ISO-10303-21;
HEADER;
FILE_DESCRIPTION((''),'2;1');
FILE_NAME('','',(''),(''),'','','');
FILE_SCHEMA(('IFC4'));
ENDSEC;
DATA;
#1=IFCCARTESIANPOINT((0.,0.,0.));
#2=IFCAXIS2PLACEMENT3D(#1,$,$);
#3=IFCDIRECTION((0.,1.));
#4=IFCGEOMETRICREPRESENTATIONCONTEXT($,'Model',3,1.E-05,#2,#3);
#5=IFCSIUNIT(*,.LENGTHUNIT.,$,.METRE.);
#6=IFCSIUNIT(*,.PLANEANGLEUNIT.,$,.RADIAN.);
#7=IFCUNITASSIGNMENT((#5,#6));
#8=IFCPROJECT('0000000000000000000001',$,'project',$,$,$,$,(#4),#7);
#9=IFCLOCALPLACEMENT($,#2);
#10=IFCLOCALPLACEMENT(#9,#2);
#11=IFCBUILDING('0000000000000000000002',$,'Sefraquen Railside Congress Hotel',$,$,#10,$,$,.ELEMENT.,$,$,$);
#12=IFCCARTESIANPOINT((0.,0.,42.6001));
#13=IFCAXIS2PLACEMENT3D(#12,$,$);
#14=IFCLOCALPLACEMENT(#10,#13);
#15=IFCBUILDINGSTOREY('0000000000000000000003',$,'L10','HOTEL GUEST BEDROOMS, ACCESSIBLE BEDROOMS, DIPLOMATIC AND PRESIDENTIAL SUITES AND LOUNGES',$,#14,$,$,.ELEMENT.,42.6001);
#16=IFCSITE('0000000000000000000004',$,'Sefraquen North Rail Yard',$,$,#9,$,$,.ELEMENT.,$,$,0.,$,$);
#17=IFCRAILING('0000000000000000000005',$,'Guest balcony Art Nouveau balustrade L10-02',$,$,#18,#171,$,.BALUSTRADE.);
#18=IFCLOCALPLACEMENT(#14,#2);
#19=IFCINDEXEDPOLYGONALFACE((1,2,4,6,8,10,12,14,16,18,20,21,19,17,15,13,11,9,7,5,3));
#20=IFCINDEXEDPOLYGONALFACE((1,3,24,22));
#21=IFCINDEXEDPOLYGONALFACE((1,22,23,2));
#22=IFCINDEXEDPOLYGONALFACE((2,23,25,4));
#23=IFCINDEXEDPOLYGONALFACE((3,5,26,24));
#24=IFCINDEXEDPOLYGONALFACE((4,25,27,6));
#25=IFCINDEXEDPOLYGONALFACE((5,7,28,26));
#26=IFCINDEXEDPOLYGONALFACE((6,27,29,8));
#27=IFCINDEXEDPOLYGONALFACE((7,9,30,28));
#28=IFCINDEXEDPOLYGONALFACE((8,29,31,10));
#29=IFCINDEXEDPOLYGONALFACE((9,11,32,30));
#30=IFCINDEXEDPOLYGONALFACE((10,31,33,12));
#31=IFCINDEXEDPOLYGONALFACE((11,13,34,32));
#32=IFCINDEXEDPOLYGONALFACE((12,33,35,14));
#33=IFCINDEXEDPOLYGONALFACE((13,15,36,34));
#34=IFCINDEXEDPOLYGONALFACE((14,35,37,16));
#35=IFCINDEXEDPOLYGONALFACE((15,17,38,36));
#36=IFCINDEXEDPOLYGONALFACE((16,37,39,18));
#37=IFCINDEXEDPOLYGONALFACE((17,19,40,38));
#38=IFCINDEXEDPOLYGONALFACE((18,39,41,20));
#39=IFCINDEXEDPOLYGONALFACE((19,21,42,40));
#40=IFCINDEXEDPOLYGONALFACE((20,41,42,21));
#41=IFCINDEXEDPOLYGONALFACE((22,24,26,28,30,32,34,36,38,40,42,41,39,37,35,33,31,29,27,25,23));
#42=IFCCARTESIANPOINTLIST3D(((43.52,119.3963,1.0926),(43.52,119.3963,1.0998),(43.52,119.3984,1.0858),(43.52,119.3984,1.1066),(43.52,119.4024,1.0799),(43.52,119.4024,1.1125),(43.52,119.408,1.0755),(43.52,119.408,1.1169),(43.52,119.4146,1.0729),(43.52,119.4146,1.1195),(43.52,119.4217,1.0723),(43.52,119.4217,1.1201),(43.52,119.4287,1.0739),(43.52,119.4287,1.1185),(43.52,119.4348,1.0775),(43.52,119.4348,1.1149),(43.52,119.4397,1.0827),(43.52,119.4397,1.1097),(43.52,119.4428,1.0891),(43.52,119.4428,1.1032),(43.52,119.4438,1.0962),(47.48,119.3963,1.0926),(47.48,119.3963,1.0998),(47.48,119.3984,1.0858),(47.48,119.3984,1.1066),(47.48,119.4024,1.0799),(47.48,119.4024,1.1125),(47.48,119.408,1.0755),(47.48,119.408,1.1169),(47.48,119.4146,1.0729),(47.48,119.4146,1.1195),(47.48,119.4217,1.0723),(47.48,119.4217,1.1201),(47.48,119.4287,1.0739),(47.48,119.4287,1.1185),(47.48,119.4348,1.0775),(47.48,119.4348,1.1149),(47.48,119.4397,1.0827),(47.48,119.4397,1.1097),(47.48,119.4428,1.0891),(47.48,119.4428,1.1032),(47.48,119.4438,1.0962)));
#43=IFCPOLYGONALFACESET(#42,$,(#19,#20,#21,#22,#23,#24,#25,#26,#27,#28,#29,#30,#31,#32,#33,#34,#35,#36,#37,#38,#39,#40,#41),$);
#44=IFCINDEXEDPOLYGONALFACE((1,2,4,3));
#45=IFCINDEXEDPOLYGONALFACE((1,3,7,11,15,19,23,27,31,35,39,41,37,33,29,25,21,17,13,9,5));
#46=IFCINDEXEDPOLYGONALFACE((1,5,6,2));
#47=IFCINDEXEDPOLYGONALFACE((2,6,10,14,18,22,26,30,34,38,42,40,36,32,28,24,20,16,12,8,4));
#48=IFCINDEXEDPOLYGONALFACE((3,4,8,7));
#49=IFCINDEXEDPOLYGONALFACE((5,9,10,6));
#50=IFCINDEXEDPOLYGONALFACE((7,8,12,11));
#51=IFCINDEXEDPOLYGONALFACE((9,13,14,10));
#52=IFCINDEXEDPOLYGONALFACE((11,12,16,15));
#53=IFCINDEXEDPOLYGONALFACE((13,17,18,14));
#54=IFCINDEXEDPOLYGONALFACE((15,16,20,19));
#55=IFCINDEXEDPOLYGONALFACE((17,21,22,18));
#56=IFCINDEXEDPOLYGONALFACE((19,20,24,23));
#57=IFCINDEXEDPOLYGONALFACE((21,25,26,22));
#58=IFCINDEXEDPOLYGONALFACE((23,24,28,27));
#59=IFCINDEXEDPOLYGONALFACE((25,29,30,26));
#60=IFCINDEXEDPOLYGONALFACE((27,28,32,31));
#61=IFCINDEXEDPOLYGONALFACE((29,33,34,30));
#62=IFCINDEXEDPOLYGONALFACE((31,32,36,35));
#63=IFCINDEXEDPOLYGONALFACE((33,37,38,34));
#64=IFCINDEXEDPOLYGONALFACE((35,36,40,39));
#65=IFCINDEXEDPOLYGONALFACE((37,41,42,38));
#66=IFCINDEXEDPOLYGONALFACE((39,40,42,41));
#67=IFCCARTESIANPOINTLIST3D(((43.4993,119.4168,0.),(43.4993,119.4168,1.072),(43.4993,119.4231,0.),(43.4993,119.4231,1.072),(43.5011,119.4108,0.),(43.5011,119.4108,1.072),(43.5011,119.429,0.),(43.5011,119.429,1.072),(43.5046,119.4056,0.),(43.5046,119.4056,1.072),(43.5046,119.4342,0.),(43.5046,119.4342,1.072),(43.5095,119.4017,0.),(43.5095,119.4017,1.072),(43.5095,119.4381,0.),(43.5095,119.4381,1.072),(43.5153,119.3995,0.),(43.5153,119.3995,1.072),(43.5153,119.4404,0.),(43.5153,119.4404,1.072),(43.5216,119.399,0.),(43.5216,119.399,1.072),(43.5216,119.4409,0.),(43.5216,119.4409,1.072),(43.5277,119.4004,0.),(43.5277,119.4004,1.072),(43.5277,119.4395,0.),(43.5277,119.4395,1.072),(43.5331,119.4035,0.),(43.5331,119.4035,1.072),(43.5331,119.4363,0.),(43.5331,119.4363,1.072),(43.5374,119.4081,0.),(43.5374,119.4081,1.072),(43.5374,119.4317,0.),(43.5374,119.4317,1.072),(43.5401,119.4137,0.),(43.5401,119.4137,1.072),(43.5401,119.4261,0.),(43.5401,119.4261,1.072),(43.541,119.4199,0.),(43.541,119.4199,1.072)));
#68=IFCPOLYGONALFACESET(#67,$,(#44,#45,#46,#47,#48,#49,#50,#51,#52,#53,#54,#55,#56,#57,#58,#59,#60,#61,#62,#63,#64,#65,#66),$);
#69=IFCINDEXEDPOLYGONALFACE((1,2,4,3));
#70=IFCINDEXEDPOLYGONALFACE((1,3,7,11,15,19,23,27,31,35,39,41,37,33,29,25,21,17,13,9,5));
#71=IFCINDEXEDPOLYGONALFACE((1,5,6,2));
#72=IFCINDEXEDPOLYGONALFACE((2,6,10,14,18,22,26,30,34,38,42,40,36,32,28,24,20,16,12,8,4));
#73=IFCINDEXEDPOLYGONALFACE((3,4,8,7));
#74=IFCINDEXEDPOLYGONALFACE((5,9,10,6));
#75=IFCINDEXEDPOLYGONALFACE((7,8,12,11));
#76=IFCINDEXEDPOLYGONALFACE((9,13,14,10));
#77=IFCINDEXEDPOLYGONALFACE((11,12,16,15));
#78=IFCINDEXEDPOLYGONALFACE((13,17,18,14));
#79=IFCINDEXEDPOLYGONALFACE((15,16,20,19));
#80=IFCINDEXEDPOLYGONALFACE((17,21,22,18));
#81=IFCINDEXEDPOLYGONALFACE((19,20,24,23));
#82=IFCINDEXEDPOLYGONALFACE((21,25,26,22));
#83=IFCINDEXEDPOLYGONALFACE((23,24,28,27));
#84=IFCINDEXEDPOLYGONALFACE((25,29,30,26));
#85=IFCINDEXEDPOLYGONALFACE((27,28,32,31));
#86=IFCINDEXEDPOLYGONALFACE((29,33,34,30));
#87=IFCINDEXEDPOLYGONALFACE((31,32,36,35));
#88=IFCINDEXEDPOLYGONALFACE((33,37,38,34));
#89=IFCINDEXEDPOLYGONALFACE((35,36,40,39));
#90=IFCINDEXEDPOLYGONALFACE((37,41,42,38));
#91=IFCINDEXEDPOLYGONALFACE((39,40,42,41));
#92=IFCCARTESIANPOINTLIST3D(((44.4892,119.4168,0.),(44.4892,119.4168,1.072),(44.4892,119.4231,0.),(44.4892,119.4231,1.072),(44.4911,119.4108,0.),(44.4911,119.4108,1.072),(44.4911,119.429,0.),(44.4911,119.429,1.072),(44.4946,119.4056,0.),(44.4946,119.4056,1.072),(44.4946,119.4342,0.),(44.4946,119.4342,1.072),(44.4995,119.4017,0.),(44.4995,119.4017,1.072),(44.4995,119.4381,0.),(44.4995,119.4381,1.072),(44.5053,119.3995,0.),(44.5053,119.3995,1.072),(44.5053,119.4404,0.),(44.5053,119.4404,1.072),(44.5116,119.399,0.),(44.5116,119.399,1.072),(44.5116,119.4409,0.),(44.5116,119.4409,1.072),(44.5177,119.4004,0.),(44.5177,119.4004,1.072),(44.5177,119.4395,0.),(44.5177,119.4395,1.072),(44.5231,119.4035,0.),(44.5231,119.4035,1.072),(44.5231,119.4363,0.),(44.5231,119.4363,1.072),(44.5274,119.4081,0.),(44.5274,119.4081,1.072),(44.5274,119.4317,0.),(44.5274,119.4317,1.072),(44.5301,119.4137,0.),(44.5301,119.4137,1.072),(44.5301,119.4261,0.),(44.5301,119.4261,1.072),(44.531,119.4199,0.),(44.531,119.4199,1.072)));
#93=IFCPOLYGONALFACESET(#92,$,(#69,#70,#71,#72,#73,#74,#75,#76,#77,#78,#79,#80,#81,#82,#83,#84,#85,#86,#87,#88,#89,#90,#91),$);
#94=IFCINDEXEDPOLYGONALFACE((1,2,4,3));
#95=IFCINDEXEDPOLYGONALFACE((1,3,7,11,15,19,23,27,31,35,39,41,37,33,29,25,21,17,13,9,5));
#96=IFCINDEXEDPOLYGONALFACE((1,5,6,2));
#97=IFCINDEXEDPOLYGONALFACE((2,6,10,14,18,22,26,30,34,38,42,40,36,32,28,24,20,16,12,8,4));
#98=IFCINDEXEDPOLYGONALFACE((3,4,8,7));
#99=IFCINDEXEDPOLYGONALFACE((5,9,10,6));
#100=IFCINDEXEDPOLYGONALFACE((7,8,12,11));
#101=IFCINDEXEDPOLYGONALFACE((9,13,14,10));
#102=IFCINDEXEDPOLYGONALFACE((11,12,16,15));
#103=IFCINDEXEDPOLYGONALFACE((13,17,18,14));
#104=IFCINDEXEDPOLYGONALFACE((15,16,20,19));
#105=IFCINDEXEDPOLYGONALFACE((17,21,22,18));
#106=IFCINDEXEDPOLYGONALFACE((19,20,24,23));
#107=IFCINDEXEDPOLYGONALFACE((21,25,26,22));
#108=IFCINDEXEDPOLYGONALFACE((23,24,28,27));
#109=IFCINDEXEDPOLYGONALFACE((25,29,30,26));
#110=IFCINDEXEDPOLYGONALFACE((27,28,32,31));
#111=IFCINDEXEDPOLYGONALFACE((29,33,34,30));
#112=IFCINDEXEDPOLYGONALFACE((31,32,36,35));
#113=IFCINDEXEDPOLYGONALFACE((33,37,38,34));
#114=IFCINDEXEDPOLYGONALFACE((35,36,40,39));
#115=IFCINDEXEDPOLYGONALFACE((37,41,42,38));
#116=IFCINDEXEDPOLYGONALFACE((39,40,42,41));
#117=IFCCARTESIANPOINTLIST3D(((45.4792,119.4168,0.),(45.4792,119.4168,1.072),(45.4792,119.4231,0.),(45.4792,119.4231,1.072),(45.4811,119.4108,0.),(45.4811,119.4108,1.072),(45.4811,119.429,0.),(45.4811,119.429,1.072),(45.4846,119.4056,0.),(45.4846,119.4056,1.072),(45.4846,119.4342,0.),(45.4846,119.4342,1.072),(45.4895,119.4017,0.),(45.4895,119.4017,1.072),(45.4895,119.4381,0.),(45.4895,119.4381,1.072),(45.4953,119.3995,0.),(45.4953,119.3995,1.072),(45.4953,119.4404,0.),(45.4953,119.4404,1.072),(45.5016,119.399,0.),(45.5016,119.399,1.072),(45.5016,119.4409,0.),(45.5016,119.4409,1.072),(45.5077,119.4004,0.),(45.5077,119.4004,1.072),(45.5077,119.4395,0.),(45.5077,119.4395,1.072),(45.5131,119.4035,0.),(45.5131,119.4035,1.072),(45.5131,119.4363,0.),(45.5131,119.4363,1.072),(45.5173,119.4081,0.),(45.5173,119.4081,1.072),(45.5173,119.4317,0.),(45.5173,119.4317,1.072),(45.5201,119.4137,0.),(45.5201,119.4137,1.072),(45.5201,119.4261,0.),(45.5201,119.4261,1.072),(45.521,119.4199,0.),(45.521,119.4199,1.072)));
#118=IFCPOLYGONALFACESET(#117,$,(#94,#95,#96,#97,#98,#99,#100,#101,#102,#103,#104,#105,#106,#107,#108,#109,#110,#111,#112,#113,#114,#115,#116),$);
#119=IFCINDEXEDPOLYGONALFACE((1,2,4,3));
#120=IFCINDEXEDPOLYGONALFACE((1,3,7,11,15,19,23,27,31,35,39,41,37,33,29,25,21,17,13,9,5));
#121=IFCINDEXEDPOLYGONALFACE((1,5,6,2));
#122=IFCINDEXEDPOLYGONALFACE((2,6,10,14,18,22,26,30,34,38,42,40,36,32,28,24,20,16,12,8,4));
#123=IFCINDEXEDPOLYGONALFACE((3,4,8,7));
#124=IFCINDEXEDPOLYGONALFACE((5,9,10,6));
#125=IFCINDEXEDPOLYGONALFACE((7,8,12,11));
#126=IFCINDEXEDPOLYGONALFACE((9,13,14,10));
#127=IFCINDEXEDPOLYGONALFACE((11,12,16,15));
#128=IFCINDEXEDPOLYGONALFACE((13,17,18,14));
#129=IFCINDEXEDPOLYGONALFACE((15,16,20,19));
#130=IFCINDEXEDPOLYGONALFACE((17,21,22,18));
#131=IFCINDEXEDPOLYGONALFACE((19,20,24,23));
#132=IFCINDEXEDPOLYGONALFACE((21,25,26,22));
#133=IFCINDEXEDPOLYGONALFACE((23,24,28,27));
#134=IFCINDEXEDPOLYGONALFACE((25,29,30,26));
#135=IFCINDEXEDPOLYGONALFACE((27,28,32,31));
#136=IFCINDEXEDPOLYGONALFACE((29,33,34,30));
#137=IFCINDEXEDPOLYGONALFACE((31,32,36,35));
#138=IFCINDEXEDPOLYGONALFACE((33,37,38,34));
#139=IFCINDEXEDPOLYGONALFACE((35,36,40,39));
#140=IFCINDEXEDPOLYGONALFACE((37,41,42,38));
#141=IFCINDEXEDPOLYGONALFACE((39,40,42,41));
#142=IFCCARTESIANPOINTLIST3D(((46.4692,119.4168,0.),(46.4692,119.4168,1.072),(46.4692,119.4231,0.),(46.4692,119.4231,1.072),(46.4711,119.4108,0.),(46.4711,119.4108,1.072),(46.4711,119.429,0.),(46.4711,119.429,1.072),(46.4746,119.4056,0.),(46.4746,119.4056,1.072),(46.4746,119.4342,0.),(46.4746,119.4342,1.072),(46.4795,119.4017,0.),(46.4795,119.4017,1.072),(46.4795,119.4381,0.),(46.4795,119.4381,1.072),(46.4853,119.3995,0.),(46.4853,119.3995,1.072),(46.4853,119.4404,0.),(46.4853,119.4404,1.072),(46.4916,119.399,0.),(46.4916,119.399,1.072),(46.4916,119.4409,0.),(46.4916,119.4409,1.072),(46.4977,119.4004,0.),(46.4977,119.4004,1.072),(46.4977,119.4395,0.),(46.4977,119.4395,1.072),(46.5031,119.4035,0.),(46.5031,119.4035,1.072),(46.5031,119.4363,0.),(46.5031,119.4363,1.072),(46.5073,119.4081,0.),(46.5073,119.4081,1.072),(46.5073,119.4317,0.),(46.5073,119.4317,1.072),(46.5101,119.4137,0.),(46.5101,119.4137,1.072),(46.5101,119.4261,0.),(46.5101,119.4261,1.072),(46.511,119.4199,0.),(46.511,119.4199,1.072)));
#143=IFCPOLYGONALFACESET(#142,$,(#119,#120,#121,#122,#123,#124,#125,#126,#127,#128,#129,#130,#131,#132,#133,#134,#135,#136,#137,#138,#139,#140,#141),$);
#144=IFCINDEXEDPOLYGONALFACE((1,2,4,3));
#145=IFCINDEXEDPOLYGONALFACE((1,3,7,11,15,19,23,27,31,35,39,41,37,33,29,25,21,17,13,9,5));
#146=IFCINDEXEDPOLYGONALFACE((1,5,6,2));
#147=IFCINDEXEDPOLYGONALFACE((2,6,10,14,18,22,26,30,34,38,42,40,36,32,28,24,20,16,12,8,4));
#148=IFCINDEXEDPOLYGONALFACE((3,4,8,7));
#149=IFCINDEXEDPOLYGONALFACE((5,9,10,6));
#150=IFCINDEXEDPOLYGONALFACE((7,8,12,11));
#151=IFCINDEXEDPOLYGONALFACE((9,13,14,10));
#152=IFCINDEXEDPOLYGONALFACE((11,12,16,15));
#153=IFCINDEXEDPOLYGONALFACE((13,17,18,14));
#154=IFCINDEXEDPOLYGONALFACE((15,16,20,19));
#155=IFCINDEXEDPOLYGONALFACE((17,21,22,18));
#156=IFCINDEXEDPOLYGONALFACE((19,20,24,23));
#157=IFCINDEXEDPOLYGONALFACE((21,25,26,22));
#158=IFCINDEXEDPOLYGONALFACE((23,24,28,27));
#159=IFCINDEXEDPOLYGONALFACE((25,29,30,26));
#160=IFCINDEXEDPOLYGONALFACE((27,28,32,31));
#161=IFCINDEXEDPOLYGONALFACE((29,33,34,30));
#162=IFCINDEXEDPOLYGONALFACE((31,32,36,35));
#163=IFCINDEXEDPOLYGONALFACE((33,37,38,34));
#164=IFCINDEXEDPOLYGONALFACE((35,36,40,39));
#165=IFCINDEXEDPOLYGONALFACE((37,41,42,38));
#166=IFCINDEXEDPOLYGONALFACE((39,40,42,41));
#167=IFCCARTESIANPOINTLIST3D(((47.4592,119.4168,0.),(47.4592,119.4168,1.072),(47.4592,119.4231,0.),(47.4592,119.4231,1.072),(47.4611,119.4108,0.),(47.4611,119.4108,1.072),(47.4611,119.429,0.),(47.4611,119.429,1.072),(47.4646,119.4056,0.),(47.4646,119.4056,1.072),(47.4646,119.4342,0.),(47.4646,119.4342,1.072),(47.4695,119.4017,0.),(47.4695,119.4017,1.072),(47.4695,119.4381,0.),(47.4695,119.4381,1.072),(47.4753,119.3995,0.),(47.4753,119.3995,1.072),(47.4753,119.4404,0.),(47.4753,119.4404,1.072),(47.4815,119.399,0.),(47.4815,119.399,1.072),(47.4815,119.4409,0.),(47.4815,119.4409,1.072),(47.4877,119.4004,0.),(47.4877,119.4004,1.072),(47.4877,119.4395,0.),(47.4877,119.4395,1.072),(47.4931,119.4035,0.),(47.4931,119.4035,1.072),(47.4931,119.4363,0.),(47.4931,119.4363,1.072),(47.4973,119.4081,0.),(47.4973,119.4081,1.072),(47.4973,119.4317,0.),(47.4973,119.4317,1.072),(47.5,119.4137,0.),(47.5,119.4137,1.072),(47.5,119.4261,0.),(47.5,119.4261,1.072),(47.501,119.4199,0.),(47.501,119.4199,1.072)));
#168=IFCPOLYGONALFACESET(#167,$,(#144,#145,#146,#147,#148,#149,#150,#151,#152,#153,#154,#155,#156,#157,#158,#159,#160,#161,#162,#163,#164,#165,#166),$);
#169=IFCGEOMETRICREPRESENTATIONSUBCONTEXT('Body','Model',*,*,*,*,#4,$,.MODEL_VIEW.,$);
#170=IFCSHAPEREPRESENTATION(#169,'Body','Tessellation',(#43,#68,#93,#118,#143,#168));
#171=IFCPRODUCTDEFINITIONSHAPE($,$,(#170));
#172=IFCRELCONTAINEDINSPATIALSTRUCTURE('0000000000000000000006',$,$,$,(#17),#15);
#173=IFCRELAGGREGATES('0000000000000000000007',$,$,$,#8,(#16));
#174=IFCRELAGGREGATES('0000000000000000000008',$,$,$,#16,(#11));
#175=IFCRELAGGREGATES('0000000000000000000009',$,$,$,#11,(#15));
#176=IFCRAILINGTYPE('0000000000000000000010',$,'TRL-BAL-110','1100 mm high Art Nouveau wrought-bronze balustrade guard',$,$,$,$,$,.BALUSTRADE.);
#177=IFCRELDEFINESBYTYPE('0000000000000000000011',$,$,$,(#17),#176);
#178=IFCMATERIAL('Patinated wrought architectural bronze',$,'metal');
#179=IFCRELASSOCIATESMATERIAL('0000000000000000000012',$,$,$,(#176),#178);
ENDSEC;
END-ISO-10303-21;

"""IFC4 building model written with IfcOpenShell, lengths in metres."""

from ifc_helpers import new_model, si_unit, direction, frame, origin, origin_2d, place, context, subcontext, project, spatial, circle, extrude, material, type_object, element, save


model = new_model("IFC4")

# Units and contexts
model_context = context("Model", 3, precision=1e-05, world=origin(), true_north=direction((0.0, 1.0)))
body_context = subcontext(model_context, "Body", "Model", "MODEL_VIEW")
ifc_project = project(units=[si_unit("LENGTHUNIT", "METRE"), si_unit("PLANEANGLEUNIT", "RADIAN")], contexts=[model_context])

# Site, building, storey
site_placement = place(None, origin())
site = spatial("IfcSite", under=ifc_project, at=site_placement, Name="Sefraquen North Rail Yard", CompositionType="ELEMENT", RefElevation=0.0)
building_placement = place(site_placement, origin())
building = spatial("IfcBuilding", under=site, at=building_placement, Name="Sefraquen Railside Congress Hotel", CompositionType="ELEMENT")
storey_placement = place(building_placement, frame((0.0, 0.0, 42.6001)))
storey = spatial("IfcBuildingStorey", under=building, at=storey_placement, Name="L10", Description="HOTEL GUEST BEDROOMS, ACCESSIBLE BEDROOMS, DIPLOMATIC AND PRESIDENTIAL SUITES AND LOUNGES", CompositionType="ELEMENT", Elevation=42.6001)

# Railing
ifc_material_1 = material(Name="Patinated wrought architectural bronze", Category="metal")
railing_type = type_object("IfcRailingType", Name="TRL-BAL-110", Description="1100 mm high Art Nouveau wrought-bronze balustrade guard", PredefinedType="BALUSTRADE", material=ifc_material_1)
railing_1_placement = place(storey_placement, frame((43.52, 119.4199, 0.0)))
element("IfcRailing", 1, at=railing_1_placement, inside=storey, type_object=railing_type, Name="Guest balcony Art Nouveau balustrade L10-02", PredefinedType="BALUSTRADE", context=body_context, shape_type="SweptSolid", body=[
    extrude(circle(Radius=0.0239, at=origin_2d()), frame((0.0, 0.0, 1.0962), z_axis=(1.0, 0.0, 0.0), x_axis=(0.0, 1.0, 0.0)), (0.0, 0.0, 1.0), 3.96),
    extrude(circle(Radius=0.021, at=origin_2d()), origin(), (0.0, 0.0, 1.0), 1.072),
    extrude(circle(Radius=0.021, at=origin_2d()), frame((0.99, 0.0, 0.0)), (0.0, 0.0, 1.0), 1.072),
    extrude(circle(Radius=0.021, at=origin_2d()), frame((1.98, 0.0, 0.0)), (0.0, 0.0, 1.0), 1.072),
    extrude(circle(Radius=0.021, at=origin_2d()), frame((2.97, 0.0, 0.0)), (0.0, 0.0, 1.0), 1.072),
    extrude(circle(Radius=0.021, at=origin_2d()), frame((3.96, 0.0, 0.0)), (0.0, 0.0, 1.0), 1.072),
])

save(model, "model.ifc")
